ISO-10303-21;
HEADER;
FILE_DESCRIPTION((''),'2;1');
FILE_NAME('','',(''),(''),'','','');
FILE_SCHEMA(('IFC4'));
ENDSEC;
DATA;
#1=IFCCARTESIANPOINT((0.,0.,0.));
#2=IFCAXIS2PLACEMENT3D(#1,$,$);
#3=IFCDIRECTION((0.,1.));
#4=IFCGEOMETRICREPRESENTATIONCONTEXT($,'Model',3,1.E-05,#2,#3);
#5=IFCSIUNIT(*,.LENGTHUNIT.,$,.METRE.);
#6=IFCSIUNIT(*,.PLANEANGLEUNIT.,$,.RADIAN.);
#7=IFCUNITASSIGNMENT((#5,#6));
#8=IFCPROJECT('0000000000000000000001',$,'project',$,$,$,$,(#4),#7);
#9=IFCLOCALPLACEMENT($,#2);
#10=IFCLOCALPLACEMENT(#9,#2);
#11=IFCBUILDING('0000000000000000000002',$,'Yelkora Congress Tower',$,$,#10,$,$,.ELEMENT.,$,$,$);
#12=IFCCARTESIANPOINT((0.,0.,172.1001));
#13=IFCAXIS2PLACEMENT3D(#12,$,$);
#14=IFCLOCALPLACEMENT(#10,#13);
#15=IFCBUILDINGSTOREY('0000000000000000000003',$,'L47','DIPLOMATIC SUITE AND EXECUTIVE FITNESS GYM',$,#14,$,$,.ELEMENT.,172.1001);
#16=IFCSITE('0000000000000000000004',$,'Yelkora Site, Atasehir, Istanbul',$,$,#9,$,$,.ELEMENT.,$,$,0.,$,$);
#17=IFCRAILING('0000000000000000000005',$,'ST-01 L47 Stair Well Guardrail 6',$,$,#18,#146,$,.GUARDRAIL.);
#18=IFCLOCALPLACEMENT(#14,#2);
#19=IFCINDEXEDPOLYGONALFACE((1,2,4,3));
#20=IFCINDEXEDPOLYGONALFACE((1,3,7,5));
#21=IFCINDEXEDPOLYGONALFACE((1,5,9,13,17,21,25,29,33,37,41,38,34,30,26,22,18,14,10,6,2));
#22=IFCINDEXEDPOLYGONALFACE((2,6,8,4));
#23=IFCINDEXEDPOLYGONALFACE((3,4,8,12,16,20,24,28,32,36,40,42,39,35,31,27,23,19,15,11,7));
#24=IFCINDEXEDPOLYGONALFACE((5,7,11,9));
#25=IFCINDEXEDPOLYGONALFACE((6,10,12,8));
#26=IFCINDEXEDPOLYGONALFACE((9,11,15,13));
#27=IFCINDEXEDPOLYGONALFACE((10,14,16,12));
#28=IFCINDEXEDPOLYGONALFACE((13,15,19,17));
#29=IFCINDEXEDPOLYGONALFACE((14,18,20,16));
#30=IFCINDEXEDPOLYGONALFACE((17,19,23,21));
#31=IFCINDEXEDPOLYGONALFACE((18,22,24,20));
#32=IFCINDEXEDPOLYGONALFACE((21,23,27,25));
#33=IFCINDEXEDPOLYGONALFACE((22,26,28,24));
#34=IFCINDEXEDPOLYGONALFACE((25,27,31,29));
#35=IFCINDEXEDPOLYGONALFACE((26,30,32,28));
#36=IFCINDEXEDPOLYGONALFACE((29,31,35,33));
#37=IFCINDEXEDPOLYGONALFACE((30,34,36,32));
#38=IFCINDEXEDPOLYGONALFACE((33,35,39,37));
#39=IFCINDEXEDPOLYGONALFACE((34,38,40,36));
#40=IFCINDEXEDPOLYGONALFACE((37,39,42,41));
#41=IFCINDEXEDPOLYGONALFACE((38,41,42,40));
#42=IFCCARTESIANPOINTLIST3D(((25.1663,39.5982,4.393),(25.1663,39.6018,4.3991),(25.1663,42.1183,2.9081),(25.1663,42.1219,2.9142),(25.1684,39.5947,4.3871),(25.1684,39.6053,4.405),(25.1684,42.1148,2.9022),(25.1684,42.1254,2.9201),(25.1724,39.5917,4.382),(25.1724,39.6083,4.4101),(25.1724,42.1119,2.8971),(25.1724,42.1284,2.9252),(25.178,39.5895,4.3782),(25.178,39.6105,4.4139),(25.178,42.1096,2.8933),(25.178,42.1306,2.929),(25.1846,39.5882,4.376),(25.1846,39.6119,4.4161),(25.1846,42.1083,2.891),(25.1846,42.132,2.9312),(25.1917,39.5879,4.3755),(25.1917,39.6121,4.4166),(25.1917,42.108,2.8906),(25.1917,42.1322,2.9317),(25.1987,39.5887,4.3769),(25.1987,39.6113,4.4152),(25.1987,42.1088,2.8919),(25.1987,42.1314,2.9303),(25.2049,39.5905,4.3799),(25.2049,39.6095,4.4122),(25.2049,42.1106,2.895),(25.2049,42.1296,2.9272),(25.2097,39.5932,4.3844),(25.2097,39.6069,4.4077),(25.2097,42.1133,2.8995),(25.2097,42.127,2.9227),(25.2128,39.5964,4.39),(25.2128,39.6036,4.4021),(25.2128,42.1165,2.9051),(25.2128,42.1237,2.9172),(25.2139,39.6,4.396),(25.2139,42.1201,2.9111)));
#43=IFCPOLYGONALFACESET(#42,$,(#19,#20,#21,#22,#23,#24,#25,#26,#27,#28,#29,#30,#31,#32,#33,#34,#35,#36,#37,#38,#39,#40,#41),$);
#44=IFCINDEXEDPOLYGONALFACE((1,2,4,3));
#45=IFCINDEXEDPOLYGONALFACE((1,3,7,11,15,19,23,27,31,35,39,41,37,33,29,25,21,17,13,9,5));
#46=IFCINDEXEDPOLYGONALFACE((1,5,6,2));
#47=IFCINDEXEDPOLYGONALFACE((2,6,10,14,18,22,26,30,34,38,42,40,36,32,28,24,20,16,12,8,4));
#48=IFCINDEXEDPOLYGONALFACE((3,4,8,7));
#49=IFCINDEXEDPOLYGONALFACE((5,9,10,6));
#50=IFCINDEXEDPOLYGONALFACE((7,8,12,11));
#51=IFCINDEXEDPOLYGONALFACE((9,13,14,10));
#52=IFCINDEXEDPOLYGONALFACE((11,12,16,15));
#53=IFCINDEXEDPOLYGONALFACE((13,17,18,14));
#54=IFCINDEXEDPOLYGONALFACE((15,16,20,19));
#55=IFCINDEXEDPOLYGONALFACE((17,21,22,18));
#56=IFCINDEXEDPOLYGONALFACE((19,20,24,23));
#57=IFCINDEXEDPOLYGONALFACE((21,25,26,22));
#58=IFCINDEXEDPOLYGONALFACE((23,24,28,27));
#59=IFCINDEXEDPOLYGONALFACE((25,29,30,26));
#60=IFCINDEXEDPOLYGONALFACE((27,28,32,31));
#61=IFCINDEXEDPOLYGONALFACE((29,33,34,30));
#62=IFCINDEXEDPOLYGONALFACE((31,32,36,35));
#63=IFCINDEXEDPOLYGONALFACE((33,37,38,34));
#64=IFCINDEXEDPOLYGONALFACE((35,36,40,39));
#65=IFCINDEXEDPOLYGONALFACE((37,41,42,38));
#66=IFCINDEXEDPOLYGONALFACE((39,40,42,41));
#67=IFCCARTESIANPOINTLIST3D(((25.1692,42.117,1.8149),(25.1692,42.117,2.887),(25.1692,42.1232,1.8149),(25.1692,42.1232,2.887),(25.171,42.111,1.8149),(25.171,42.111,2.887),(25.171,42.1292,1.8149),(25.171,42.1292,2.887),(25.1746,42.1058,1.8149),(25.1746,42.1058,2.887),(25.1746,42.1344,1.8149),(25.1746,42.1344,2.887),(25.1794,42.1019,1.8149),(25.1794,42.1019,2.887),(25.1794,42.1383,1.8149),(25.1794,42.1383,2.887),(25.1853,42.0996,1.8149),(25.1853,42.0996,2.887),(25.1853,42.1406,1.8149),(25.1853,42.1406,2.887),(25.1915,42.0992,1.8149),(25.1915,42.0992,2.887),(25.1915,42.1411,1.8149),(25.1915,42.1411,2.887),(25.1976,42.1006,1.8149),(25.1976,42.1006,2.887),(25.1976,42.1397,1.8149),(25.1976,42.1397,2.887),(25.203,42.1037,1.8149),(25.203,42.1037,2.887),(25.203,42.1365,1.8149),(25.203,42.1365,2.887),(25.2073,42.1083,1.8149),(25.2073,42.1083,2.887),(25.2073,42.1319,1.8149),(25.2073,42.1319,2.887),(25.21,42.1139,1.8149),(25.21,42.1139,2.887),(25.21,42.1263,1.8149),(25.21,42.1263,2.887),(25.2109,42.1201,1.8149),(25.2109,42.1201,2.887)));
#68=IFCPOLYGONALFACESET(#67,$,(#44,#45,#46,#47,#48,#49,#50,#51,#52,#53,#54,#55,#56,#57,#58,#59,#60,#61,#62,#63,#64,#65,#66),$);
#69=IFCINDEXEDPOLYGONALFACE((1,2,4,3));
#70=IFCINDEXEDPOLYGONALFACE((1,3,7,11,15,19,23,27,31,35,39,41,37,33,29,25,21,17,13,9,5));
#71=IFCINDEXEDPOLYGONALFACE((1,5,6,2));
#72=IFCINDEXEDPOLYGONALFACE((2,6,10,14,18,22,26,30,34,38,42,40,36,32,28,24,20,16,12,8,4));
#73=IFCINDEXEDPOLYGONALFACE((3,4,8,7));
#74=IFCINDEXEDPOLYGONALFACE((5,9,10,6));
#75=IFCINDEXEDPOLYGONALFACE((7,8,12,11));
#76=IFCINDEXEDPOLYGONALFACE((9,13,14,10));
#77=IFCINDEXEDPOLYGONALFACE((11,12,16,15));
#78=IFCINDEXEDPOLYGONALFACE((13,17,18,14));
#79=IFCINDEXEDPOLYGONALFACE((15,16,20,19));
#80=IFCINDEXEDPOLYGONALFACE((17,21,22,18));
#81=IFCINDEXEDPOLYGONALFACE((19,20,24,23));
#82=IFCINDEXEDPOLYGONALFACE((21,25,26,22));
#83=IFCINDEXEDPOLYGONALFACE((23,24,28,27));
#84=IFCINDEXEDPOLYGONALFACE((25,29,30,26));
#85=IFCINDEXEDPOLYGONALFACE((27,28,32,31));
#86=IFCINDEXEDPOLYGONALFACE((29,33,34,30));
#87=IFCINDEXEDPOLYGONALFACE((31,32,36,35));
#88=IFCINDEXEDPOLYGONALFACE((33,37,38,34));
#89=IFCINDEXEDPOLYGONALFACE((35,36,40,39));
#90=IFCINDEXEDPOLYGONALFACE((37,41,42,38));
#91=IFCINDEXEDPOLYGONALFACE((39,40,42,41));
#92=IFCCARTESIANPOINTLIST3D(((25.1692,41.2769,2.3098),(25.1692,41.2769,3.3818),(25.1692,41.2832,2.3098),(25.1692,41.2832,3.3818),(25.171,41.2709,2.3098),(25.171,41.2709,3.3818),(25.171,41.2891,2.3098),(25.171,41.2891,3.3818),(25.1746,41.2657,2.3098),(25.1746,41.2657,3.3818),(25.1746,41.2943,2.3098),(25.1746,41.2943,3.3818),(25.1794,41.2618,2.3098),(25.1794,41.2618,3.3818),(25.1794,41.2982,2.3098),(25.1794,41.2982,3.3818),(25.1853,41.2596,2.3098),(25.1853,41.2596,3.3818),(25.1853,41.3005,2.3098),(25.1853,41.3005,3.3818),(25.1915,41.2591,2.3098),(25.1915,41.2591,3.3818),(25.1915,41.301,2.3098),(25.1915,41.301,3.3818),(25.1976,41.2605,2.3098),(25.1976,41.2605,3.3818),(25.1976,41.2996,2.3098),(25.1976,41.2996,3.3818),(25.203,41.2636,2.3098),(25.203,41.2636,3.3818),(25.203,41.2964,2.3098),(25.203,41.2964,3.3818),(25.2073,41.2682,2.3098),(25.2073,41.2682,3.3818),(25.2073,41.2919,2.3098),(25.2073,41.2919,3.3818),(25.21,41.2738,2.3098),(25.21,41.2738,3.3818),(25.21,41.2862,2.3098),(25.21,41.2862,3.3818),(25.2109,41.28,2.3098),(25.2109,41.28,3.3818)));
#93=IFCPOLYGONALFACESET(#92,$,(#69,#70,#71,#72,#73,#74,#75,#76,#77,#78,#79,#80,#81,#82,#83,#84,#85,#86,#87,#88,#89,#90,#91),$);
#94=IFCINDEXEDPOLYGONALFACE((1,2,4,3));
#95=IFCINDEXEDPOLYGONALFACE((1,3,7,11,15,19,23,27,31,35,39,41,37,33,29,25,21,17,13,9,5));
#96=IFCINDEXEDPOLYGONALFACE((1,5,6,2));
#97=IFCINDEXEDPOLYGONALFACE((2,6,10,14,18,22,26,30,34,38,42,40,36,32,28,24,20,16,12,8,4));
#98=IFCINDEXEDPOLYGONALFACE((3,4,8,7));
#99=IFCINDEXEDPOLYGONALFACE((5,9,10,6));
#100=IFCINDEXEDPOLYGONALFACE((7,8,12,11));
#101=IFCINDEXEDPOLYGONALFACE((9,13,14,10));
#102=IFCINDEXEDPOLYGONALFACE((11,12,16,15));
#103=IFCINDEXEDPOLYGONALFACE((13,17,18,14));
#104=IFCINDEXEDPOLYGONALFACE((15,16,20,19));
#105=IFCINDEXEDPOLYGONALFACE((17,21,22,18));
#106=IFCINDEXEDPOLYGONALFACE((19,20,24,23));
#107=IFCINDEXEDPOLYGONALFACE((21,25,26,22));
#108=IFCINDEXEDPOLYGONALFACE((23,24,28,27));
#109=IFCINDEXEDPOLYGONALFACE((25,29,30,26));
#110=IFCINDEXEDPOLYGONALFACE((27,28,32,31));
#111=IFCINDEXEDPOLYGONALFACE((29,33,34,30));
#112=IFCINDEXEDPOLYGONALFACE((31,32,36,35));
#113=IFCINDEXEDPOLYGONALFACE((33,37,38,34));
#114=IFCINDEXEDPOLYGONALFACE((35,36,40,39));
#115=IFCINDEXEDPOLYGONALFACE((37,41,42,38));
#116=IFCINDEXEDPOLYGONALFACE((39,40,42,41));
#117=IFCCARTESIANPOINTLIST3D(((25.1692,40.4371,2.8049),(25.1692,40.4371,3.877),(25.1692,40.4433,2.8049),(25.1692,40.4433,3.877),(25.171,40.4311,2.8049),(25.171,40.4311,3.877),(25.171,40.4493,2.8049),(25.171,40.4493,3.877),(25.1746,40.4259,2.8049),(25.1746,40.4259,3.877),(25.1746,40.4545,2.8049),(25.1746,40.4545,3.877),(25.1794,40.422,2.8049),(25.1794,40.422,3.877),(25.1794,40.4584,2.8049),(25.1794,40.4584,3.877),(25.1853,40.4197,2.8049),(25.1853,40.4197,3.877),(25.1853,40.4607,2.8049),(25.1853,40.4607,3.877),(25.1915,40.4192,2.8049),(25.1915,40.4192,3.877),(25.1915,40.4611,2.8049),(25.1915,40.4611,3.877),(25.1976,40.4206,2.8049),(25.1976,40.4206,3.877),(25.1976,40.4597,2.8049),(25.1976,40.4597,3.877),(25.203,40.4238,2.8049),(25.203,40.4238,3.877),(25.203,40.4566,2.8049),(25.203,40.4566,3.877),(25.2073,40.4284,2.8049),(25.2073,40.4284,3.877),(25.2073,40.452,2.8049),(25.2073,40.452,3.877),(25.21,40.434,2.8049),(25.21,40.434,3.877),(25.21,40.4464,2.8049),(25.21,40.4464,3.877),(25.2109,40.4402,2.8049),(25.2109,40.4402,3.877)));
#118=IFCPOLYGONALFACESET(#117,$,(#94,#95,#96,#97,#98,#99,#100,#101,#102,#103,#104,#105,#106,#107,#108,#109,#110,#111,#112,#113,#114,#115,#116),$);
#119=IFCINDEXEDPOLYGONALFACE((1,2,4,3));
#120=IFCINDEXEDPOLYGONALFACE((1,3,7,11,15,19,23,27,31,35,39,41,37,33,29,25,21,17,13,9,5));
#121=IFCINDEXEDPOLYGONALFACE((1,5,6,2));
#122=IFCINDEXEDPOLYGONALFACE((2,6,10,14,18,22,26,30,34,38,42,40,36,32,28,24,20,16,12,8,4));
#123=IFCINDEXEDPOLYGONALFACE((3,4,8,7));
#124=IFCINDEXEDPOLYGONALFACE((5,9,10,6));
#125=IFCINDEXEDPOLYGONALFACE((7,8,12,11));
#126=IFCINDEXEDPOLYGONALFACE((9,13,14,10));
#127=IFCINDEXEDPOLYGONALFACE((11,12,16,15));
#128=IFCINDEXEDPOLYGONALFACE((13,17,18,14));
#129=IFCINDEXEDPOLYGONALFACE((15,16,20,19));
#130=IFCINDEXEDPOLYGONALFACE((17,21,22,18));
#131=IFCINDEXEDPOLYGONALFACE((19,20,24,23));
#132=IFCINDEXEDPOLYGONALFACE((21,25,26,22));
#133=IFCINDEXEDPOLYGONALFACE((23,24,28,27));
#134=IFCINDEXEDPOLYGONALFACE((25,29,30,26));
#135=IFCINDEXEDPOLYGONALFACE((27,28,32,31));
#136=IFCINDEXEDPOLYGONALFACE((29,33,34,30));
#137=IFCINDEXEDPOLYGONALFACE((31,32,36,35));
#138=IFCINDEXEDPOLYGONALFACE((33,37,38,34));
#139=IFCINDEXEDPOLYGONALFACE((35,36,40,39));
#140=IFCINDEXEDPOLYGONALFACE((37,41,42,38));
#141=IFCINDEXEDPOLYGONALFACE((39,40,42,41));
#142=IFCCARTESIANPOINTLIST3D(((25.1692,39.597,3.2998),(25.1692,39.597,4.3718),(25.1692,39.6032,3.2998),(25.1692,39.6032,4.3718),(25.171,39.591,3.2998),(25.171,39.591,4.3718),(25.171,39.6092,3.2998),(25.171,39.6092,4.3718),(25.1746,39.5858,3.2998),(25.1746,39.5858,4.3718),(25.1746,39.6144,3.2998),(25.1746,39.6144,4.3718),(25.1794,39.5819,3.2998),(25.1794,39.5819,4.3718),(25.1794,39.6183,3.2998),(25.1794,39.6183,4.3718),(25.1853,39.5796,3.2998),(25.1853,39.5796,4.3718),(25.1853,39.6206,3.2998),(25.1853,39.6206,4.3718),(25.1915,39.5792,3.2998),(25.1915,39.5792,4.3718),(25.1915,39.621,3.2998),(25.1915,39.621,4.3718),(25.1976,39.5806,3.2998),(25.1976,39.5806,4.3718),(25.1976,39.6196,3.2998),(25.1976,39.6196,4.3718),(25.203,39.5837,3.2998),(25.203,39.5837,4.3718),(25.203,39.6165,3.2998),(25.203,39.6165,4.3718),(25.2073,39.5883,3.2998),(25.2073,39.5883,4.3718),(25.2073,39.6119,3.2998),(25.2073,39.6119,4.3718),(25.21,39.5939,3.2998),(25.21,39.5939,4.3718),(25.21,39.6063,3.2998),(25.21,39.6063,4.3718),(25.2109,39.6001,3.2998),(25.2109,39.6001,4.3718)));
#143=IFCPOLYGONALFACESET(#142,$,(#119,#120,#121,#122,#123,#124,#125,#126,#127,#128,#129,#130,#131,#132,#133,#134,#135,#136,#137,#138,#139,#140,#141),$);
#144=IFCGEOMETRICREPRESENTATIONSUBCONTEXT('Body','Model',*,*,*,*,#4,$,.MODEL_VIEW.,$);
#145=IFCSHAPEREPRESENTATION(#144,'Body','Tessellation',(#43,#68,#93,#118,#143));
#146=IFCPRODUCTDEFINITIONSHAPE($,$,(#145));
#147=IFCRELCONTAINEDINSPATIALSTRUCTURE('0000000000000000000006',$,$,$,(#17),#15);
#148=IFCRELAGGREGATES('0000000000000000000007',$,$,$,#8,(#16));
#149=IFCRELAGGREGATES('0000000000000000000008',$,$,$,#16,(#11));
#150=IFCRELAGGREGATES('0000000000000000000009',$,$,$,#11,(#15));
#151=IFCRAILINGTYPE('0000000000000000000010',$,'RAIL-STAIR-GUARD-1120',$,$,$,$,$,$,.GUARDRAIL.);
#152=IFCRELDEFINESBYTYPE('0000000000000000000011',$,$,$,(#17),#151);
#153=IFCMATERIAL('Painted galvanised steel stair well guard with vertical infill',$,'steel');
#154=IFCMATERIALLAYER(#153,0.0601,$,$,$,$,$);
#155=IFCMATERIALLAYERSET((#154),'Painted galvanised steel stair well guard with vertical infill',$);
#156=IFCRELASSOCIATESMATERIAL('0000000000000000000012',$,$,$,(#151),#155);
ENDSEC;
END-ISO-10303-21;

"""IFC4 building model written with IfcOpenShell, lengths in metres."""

from ifc_helpers import new_model, si_unit, direction, frame, origin, origin_2d, place, context, subcontext, project, spatial, circle, extrude, material, layer, layer_set, type_object, element, save


model = new_model("IFC4")

# Units and contexts
model_context = context("Model", 3, precision=1e-05, world=origin(), true_north=direction((0.0, 1.0)))
body_context = subcontext(model_context, "Body", "Model", "MODEL_VIEW")
ifc_project = project(units=[si_unit("LENGTHUNIT", "METRE"), si_unit("PLANEANGLEUNIT", "RADIAN")], contexts=[model_context])

# Site, building, storey
site_placement = place(None, origin())
site = spatial("IfcSite", under=ifc_project, at=site_placement, Name="Yelkora Site, Atasehir, Istanbul", CompositionType="ELEMENT", RefElevation=0.0)
building_placement = place(site_placement, origin())
building = spatial("IfcBuilding", under=site, at=building_placement, Name="Yelkora Congress Tower", CompositionType="ELEMENT")
storey_placement = place(building_placement, frame((0.0, 0.0, 172.1001)))
storey = spatial("IfcBuildingStorey", under=building, at=storey_placement, Name="L47", Description="DIPLOMATIC SUITE AND EXECUTIVE FITNESS GYM", CompositionType="ELEMENT", Elevation=172.1001)

# Railing
ifc_material_1 = material(Name="Painted galvanised steel stair well guard with vertical infill", Category="steel")
ifc_layer_1 = layer(ifc_material_1, 0.0601)
ifc_layer_set_1 = layer_set([ifc_layer_1], Name="Painted galvanised steel stair well guard with vertical infill")
railing_type = type_object("IfcRailingType", Name="RAIL-STAIR-GUARD-1120", PredefinedType="GUARDRAIL", material=ifc_layer_set_1)
railing_1_placement = place(storey_placement, frame((25.1899, 42.1201, 1.8149)))
element("IfcRailing", 1, at=railing_1_placement, inside=storey, type_object=railing_type, Name="ST-01 L47 Stair Well Guardrail 6", PredefinedType="GUARDRAIL", context=body_context, shape_type="SweptSolid", body=[
    extrude(circle(Radius=0.0239, at=origin_2d()), frame((0.0, 0.0, 1.0962), z_axis=(0.0, -0.861561, 0.507655), x_axis=(1.0, 0.0, 0.0)), (0.0, 0.0, 1.0), 2.925),
    extrude(circle(Radius=0.021, at=origin_2d()), origin(), (0.0, 0.0, 1.0), 1.072),
    extrude(circle(Radius=0.021, at=origin_2d()), frame((0.0, -0.8401, 0.4949)), (0.0, 0.0, 1.0), 1.072),
    extrude(circle(Radius=0.021, at=origin_2d()), frame((0.0, -1.6799, 0.99)), (0.0, 0.0, 1.0), 1.072),
    extrude(circle(Radius=0.021, at=origin_2d()), frame((0.0, -2.52, 1.4849)), (0.0, 0.0, 1.0), 1.072),
])

save(model, "model.ifc")
